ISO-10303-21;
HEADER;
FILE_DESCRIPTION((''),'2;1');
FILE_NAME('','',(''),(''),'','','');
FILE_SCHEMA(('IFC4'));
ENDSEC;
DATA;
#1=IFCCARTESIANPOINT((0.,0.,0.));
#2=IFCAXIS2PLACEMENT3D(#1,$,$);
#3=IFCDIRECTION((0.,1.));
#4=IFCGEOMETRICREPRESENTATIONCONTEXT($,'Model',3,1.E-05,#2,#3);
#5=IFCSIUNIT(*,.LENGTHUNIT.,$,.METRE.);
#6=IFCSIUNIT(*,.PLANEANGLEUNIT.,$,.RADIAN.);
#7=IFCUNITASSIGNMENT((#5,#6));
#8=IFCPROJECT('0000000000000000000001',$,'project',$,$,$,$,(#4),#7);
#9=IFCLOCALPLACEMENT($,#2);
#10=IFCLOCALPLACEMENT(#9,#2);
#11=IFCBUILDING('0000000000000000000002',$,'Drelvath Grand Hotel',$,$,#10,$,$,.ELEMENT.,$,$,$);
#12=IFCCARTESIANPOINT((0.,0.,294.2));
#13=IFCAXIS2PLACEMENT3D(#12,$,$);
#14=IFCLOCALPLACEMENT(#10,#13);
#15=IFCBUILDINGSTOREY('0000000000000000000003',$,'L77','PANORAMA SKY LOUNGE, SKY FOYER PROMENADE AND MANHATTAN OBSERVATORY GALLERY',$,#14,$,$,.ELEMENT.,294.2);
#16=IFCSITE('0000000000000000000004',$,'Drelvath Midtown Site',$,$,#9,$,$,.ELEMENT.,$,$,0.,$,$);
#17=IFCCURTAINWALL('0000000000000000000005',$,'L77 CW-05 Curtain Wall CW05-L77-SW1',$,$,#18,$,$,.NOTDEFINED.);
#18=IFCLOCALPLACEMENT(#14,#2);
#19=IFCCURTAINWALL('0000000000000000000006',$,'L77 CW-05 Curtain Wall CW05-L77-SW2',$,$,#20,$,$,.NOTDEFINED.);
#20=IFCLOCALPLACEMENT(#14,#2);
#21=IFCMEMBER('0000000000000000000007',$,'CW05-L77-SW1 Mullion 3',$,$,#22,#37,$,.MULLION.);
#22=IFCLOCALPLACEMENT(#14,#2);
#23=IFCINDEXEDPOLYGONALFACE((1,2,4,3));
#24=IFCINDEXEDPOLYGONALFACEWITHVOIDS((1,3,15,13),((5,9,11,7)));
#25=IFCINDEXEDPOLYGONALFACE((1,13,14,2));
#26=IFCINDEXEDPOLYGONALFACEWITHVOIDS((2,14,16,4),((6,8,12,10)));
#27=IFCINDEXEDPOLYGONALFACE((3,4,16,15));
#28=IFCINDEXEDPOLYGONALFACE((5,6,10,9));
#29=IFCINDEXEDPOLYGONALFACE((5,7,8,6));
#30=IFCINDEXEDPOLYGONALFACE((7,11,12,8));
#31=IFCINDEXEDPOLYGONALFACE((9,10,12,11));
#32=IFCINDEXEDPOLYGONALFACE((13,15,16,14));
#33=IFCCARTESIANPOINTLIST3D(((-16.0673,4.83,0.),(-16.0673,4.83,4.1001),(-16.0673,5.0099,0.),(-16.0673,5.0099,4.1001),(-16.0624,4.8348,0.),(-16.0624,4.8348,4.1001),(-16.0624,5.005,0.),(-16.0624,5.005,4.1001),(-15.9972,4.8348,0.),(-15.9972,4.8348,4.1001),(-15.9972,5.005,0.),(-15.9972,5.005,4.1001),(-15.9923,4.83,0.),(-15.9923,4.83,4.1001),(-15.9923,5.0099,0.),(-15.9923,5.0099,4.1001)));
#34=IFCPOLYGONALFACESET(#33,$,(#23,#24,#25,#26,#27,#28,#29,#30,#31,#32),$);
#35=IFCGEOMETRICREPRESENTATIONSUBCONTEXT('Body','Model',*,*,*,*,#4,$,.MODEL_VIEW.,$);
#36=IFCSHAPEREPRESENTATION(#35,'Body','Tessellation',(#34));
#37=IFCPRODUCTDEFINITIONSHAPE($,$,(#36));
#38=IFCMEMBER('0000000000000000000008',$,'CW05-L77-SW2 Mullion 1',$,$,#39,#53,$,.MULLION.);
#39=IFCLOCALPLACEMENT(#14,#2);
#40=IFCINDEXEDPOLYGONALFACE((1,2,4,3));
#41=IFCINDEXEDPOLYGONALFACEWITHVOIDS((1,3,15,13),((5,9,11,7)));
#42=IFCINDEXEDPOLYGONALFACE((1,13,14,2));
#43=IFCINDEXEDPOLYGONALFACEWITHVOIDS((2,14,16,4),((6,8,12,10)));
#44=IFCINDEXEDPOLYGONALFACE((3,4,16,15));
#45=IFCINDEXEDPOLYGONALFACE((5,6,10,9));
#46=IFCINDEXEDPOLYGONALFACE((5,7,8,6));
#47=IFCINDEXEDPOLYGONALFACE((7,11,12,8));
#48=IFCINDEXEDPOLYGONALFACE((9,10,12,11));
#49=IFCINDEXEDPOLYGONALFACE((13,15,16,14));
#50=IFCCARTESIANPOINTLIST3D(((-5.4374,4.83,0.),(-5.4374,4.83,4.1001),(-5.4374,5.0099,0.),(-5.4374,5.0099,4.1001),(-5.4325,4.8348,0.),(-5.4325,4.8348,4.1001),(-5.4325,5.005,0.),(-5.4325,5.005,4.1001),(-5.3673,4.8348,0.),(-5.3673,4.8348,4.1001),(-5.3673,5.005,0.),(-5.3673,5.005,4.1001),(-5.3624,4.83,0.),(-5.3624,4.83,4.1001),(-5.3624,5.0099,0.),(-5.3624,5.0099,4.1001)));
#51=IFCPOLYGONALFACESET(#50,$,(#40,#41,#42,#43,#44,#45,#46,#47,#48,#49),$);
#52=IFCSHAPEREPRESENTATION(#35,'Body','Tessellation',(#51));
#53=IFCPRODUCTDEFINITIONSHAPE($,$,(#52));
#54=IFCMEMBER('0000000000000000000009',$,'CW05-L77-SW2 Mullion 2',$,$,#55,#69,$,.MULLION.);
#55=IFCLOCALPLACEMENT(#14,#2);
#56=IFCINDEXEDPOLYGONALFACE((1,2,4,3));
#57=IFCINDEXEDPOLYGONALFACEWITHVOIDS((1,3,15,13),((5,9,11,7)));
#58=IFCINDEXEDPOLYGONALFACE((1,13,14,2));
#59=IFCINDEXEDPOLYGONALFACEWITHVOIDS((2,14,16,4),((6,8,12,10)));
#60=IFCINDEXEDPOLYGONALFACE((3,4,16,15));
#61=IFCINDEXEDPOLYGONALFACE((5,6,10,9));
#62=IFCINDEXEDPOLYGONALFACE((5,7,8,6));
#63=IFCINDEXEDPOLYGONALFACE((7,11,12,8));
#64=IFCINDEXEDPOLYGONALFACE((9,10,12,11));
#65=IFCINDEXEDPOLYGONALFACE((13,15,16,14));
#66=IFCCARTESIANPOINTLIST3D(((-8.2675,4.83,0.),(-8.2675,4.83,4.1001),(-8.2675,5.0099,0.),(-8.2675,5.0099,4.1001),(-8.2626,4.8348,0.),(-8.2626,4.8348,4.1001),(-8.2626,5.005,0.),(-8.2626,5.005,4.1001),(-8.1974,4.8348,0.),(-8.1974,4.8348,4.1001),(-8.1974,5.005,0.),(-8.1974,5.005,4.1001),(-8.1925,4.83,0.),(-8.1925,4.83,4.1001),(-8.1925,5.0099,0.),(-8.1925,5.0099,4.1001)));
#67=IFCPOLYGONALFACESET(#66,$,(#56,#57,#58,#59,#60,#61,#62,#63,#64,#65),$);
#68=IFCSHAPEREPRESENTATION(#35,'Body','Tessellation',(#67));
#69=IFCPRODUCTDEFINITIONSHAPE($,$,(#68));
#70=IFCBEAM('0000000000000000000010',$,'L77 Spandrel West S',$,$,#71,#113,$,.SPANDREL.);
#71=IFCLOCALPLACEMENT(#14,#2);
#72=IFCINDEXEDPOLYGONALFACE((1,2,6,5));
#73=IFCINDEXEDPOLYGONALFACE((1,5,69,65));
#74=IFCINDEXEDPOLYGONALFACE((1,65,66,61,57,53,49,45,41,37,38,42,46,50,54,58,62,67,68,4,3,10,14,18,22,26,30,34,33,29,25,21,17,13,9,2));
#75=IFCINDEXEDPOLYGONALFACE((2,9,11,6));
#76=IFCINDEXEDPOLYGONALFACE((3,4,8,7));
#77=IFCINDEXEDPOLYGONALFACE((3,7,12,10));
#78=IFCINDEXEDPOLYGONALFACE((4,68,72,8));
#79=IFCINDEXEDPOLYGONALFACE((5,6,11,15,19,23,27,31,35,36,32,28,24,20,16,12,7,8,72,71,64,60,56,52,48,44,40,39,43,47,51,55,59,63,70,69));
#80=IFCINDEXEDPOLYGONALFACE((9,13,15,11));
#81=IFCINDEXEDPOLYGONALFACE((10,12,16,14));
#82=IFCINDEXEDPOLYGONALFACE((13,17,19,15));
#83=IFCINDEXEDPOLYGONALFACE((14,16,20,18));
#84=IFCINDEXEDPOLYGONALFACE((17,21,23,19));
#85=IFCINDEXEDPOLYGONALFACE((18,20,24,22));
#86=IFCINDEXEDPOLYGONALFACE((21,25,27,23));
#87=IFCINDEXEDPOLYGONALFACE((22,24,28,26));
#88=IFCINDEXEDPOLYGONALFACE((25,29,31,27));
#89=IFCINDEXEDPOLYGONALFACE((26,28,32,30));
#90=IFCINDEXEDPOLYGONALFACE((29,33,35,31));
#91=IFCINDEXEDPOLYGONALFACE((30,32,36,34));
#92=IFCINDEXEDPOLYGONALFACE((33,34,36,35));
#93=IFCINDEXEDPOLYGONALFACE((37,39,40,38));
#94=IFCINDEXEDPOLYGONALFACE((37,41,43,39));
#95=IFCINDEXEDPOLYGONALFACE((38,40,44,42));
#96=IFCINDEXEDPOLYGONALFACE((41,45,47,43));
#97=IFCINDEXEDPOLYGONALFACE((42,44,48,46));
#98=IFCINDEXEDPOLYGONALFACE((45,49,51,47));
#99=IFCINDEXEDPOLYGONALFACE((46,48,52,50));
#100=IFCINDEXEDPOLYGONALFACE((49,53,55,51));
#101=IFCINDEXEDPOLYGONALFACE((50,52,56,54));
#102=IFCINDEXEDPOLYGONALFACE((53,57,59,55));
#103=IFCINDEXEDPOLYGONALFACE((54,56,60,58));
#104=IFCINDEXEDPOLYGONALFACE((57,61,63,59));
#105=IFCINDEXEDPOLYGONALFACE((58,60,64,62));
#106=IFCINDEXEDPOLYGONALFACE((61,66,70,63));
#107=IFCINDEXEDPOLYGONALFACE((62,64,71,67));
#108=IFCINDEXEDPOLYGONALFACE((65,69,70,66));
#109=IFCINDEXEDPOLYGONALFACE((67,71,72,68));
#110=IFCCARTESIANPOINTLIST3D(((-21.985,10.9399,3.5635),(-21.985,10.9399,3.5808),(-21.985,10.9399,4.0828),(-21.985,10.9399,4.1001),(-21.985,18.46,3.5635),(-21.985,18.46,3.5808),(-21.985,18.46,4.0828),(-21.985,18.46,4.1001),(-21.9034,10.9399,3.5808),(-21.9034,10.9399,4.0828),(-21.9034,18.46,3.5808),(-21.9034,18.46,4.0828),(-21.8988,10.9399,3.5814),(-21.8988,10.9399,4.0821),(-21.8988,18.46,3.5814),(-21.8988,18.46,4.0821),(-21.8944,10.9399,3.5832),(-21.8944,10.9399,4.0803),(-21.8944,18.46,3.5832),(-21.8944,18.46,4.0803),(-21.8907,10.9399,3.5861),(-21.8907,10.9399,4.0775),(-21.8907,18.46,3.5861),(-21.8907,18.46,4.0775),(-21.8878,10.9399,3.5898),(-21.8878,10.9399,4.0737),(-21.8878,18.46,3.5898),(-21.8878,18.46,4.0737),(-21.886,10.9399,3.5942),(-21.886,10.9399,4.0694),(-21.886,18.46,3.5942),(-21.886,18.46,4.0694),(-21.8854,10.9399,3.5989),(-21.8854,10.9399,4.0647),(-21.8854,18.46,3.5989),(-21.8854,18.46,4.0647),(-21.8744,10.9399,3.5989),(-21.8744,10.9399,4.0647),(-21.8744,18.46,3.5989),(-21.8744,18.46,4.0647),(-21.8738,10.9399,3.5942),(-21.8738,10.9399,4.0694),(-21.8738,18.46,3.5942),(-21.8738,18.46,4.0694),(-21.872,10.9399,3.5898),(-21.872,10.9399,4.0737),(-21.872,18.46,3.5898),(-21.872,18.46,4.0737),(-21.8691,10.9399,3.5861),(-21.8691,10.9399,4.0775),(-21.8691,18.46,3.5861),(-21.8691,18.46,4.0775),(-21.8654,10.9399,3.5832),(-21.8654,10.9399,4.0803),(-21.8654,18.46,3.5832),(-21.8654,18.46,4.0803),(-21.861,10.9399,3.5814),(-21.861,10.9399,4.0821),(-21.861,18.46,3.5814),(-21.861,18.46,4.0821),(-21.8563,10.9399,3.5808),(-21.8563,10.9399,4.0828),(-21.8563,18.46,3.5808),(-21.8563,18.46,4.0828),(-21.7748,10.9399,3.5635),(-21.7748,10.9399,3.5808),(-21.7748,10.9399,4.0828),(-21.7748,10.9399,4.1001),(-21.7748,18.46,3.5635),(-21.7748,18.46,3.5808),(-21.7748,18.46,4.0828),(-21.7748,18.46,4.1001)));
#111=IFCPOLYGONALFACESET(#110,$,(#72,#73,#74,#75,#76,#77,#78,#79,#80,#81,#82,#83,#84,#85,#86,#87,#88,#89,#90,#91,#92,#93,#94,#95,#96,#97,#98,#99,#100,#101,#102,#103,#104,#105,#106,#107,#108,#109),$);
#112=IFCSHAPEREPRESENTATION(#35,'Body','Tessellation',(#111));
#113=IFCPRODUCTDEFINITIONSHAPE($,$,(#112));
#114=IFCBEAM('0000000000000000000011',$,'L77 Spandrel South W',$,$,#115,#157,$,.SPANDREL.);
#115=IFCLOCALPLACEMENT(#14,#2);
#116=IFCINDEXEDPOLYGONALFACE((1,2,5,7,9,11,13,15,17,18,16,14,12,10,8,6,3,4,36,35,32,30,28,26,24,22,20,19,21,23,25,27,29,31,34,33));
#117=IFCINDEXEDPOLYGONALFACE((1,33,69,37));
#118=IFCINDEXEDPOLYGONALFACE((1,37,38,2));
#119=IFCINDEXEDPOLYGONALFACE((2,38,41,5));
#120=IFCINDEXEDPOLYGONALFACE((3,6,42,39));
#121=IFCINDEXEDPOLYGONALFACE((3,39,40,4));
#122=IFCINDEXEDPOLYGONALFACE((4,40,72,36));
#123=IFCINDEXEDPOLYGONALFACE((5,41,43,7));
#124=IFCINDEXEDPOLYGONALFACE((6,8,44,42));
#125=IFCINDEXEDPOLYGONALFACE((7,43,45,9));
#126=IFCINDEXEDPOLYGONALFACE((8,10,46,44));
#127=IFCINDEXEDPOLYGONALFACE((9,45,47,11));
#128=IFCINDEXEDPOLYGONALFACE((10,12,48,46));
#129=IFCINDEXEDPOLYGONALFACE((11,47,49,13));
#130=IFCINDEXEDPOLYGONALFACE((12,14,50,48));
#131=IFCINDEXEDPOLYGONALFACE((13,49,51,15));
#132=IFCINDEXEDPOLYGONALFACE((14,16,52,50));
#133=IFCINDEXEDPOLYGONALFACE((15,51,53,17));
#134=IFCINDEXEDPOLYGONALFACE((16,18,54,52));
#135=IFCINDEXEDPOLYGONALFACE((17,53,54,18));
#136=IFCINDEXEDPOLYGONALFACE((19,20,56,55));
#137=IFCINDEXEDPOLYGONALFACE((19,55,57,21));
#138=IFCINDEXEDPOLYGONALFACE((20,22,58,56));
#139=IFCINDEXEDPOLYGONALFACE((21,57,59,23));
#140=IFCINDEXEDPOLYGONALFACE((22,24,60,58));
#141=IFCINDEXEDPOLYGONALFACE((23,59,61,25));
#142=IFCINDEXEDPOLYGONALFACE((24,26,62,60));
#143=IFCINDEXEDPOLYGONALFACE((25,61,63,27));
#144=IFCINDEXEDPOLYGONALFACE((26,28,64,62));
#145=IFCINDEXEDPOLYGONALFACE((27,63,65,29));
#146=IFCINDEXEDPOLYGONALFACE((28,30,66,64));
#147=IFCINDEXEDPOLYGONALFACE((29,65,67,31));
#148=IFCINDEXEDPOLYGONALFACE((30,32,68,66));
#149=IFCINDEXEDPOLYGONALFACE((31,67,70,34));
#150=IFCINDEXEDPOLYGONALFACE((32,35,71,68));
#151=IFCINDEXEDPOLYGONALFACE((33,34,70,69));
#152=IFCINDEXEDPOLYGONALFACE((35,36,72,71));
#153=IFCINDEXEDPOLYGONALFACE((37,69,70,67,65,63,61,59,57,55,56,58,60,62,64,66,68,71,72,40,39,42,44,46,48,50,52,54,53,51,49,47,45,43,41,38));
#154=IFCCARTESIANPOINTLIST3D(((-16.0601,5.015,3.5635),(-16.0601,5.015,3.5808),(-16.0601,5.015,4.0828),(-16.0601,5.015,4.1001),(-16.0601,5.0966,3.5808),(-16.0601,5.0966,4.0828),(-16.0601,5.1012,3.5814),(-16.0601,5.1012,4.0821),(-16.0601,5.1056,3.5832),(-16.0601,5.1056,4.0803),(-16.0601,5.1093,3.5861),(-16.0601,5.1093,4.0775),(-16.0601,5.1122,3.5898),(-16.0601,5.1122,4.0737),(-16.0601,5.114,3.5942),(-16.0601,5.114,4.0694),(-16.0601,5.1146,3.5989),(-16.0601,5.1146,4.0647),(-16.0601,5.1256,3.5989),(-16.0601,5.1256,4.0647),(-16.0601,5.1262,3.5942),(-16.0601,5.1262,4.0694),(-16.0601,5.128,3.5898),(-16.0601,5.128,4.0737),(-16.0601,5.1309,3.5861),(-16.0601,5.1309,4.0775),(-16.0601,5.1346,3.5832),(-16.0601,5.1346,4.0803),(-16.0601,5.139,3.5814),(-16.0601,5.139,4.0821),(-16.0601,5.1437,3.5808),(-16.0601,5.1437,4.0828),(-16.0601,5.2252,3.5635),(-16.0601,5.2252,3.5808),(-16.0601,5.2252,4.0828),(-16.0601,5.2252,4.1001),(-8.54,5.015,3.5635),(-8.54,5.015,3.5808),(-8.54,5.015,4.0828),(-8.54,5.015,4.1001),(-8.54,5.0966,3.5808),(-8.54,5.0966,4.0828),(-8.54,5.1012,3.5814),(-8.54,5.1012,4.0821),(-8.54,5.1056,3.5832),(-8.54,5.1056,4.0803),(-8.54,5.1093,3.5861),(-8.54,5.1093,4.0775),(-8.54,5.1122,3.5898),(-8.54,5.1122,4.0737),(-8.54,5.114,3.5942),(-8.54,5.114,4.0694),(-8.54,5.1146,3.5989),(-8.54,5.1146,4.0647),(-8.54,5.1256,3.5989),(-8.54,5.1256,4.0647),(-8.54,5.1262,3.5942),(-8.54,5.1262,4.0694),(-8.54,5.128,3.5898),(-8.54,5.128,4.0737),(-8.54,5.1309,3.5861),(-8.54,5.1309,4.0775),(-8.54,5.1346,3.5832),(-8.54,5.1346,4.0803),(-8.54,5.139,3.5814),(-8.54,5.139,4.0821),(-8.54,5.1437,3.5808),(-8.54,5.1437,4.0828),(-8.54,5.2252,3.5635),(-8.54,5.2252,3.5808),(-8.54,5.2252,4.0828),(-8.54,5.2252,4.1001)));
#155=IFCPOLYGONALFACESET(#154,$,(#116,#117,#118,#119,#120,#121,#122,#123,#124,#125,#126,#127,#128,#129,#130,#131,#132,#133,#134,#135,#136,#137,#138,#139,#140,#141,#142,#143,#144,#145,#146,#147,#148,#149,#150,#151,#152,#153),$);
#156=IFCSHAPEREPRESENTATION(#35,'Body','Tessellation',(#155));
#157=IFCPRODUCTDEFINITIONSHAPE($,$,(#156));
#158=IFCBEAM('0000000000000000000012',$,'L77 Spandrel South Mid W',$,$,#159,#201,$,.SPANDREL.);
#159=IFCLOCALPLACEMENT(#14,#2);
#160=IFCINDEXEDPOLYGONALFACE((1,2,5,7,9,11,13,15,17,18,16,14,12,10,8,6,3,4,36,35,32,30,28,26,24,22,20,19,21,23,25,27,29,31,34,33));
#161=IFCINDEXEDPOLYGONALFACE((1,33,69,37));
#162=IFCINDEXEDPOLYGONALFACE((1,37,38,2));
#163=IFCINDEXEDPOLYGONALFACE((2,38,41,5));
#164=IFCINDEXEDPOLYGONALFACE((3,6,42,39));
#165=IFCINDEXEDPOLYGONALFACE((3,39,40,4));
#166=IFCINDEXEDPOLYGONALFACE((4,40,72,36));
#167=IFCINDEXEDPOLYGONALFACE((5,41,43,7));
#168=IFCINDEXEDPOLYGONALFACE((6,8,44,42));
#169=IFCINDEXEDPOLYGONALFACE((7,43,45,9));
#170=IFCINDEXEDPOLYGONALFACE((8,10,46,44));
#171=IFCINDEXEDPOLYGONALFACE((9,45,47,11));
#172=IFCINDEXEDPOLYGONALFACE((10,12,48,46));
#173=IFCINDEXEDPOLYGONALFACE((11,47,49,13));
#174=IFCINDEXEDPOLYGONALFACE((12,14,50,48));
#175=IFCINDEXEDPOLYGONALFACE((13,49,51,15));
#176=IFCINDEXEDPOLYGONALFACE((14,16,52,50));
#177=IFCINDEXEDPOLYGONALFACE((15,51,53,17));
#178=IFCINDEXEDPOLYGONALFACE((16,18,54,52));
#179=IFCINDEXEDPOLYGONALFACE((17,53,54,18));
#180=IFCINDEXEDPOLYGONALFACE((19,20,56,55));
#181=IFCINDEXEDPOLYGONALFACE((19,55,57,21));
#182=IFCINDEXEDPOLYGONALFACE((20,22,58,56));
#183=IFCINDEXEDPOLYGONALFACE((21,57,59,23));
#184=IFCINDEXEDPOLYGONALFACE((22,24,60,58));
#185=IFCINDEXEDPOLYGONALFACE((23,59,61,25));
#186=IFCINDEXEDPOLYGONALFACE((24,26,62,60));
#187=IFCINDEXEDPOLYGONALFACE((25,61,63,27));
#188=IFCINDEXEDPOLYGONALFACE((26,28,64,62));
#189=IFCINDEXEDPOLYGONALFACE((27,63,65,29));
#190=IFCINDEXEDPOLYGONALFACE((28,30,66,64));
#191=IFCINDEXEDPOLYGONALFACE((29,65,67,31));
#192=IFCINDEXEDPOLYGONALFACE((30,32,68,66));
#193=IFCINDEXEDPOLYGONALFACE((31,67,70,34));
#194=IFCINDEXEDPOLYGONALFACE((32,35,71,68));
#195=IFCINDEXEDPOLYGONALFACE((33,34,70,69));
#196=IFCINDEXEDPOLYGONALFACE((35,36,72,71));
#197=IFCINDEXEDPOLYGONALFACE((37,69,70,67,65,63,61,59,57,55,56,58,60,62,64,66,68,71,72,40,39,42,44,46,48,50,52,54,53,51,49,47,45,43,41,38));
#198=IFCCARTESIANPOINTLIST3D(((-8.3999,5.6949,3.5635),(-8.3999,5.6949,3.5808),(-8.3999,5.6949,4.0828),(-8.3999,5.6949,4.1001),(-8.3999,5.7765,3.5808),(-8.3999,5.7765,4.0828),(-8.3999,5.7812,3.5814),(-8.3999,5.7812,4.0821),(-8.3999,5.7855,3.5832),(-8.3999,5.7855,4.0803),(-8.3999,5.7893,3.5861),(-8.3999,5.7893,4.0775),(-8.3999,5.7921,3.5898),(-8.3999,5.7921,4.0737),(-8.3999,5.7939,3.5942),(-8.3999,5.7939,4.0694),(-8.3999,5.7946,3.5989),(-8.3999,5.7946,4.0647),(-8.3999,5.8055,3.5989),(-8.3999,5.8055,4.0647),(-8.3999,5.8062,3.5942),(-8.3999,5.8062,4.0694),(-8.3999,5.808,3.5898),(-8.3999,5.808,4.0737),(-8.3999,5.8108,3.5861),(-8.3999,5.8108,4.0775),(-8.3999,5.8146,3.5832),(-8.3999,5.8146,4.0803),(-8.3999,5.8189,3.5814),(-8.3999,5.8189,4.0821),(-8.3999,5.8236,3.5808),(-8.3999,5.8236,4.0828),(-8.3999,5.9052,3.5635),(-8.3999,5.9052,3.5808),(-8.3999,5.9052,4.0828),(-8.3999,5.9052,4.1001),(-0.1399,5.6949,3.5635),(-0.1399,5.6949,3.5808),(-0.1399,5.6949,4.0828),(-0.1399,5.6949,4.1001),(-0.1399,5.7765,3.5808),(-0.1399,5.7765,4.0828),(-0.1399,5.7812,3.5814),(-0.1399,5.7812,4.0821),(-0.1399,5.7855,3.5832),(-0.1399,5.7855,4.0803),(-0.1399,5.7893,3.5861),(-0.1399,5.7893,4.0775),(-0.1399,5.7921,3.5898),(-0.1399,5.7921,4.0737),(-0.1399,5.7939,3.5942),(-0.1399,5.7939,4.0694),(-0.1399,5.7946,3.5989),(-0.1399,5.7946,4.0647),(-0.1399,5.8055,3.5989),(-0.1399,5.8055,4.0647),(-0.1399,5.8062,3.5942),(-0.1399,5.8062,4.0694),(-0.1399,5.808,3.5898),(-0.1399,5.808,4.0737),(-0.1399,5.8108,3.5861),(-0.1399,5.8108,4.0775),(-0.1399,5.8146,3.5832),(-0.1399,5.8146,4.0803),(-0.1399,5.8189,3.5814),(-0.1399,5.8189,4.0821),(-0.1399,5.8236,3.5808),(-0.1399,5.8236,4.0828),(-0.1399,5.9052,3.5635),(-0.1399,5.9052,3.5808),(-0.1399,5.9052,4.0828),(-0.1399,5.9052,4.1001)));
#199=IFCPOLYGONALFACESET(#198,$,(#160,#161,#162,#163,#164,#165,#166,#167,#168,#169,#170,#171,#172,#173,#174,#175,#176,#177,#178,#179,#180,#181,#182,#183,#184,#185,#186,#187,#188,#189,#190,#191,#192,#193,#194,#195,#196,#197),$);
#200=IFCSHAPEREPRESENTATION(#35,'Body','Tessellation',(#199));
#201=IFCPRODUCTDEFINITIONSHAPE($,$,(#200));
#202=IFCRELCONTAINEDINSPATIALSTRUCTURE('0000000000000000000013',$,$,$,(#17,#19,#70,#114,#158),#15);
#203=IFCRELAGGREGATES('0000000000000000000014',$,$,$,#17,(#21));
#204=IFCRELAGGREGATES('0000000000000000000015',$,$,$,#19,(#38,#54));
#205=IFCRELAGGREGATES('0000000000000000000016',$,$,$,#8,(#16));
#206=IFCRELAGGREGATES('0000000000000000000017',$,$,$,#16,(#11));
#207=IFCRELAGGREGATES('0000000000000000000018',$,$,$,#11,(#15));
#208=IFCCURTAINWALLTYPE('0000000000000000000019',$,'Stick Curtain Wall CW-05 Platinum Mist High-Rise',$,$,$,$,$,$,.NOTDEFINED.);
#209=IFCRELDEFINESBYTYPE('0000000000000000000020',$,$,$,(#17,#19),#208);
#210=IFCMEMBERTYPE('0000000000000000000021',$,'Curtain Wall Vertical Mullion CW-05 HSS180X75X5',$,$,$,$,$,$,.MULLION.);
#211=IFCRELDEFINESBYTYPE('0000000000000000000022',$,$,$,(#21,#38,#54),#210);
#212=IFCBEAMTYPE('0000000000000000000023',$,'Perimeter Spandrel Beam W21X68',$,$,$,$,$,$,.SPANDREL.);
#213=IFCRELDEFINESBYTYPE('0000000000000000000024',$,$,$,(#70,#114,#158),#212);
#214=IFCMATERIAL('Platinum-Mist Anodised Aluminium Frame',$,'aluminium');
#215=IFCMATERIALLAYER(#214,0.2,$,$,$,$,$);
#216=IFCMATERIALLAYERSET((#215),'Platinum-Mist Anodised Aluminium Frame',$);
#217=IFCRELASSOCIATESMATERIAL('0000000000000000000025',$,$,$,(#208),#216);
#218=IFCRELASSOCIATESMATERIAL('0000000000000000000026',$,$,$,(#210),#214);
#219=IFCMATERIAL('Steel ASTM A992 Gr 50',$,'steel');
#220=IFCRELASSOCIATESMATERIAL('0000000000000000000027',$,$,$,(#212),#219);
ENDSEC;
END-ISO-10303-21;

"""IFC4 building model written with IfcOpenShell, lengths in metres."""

from ifc_helpers import new_model, si_unit, direction, frame, origin, origin_2d, place, context, subcontext, project, spatial, hollow_rectangle, i_section, extrude, material, layer, layer_set, material_profile, profile_set, type_object, element, aggregate, save


model = new_model("IFC4")

# Units and contexts
model_context = context("Model", 3, precision=1e-05, world=origin(), true_north=direction((0.0, 1.0)))
body_context = subcontext(model_context, "Body", "Model", "MODEL_VIEW")
ifc_project = project(units=[si_unit("LENGTHUNIT", "METRE"), si_unit("PLANEANGLEUNIT", "RADIAN")], contexts=[model_context])

# Site, building, storey
site_placement = place(None, origin())
site = spatial("IfcSite", under=ifc_project, at=site_placement, Name="Drelvath Midtown Site", CompositionType="ELEMENT", RefElevation=0.0)
building_placement = place(site_placement, origin())
building = spatial("IfcBuilding", under=site, at=building_placement, Name="Drelvath Grand Hotel", CompositionType="ELEMENT")
storey_placement = place(building_placement, frame((0.0, 0.0, 294.2)))
storey = spatial("IfcBuildingStorey", under=building, at=storey_placement, Name="L77", Description="PANORAMA SKY LOUNGE, SKY FOYER PROMENADE AND MANHATTAN OBSERVATORY GALLERY", CompositionType="ELEMENT", Elevation=294.2)

# Shared definitions
ifc_material_1 = material(Name="Steel ASTM A992 Gr 50", Category="steel")

# Curtain walls
ifc_material_2 = material(Name="Platinum-Mist Anodised Aluminium Frame", Category="aluminium")
ifc_layer_1 = layer(ifc_material_2, 0.2)
ifc_layer_set_1 = layer_set([ifc_layer_1], Name="Platinum-Mist Anodised Aluminium Frame")
curtain_wall_type = type_object("IfcCurtainWallType", Name="Stick Curtain Wall CW-05 Platinum Mist High-Rise", PredefinedType="NOTDEFINED", material=ifc_layer_set_1)
curtain_wall_1_placement = place(storey_placement, origin())
curtain_wall_1 = element("IfcCurtainWall", 1, at=curtain_wall_1_placement, inside=storey, type_object=curtain_wall_type, Name="L77 CW-05 Curtain Wall CW05-L77-SW1", PredefinedType="NOTDEFINED")
curtain_wall_2_placement = place(storey_placement, origin())
curtain_wall_2 = element("IfcCurtainWall", 2, at=curtain_wall_2_placement, inside=storey, type_object=curtain_wall_type, Name="L77 CW-05 Curtain Wall CW05-L77-SW2", PredefinedType="NOTDEFINED")

# Members
ifc_material_profile_1 = material_profile(ifc_material_2, hollow_rectangle(XDim=0.075, YDim=0.1799, WallThickness=0.0049, at=origin_2d()), Name="HSS180X75X5")
ifc_profile_set_1 = profile_set([ifc_material_profile_1], Name="Platinum-Mist Anodised Aluminium Frame")
member_type_1 = type_object("IfcMemberType", Name="Curtain Wall Vertical Mullion CW-05 HSS180X75X5", PredefinedType="MULLION", material=ifc_profile_set_1)
member_1_placement = place(storey_placement, frame((-16.0298, 4.9199, 0.0), z_axis=(0.0, 0.0, 1.0), x_axis=(1.0, 0.0, 0.0)))
member_1 = element("IfcMember", 3, at=member_1_placement, type_object=member_type_1, Name="CW05-L77-SW1 Mullion 3", PredefinedType="MULLION", context=body_context, shape_type="SweptSolid", body=[
    extrude(hollow_rectangle(XDim=0.075, YDim=0.1799, WallThickness=0.0049, at=origin_2d()), origin(), (0.0, 0.0, 1.0), 4.1001),
])
member_2_placement = place(storey_placement, frame((-5.3999, 4.9199, 0.0), z_axis=(0.0, 0.0, 1.0), x_axis=(1.0, 0.0, 0.0)))
member_2 = element("IfcMember", 4, at=member_2_placement, type_object=member_type_1, Name="CW05-L77-SW2 Mullion 1", PredefinedType="MULLION", context=body_context, shape_type="SweptSolid", body=[
    extrude(hollow_rectangle(XDim=0.075, YDim=0.1799, WallThickness=0.0049, at=origin_2d()), origin(), (0.0, 0.0, 1.0), 4.1001),
])
member_3_placement = place(storey_placement, frame((-8.23, 4.9199, 0.0), z_axis=(0.0, 0.0, 1.0), x_axis=(1.0, 0.0, 0.0)))
member_3 = element("IfcMember", 5, at=member_3_placement, type_object=member_type_1, Name="CW05-L77-SW2 Mullion 2", PredefinedType="MULLION", context=body_context, shape_type="SweptSolid", body=[
    extrude(hollow_rectangle(XDim=0.075, YDim=0.1799, WallThickness=0.0049, at=origin_2d()), origin(), (0.0, 0.0, 1.0), 4.1001),
])

# Beams
ifc_material_profile_2 = material_profile(ifc_material_1, i_section(OverallWidth=0.2102, OverallDepth=0.5366, WebThickness=0.011, FlangeThickness=0.0173, FilletRadius=0.0181, at=origin_2d()), Name="W21X68")
ifc_profile_set_2 = profile_set([ifc_material_profile_2], Name="Steel ASTM A992 Gr 50")
beam_type_1 = type_object("IfcBeamType", Name="Perimeter Spandrel Beam W21X68", PredefinedType="SPANDREL", material=ifc_profile_set_2)
for number, where, z_axis, x_axis, name in (
    (6, (-21.8799, 10.9399, 3.8318), (0.0, 1.0, 0.0), (-1.0, 0.0, 0.0), "L77 Spandrel West S"),
    (7, (-16.0601, 5.1201, 3.8318), (1.0, 0.0, 0.0), (0.0, 1.0, 0.0), "L77 Spandrel South W"),
):
    element("IfcBeam", number, at=place(storey_placement, frame(where, z_axis=z_axis, x_axis=x_axis)), inside=storey, type_object=beam_type_1, Name=name, PredefinedType="SPANDREL", context=body_context, shape_type="SweptSolid", body=[
        extrude(i_section(OverallWidth=0.2102, OverallDepth=0.5366, WebThickness=0.011, FlangeThickness=0.0173, FilletRadius=0.0181, at=origin_2d()), origin(), (0.0, 0.0, 1.0), 7.52),
    ])
beam_1_placement = place(storey_placement, frame((-8.3999, 5.8, 3.8318), z_axis=(1.0, 0.0, 0.0), x_axis=(0.0, 1.0, 0.0)))
element("IfcBeam", 8, at=beam_1_placement, inside=storey, type_object=beam_type_1, Name="L77 Spandrel South Mid W", PredefinedType="SPANDREL", context=body_context, shape_type="SweptSolid", body=[
    extrude(i_section(OverallWidth=0.2102, OverallDepth=0.5366, WebThickness=0.011, FlangeThickness=0.0173, FilletRadius=0.0181, at=origin_2d()), origin(), (0.0, 0.0, 1.0), 8.26),
])

aggregate(curtain_wall_1, [member_1])
aggregate(curtain_wall_2, [member_2, member_3])

save(model, "model.ifc")
